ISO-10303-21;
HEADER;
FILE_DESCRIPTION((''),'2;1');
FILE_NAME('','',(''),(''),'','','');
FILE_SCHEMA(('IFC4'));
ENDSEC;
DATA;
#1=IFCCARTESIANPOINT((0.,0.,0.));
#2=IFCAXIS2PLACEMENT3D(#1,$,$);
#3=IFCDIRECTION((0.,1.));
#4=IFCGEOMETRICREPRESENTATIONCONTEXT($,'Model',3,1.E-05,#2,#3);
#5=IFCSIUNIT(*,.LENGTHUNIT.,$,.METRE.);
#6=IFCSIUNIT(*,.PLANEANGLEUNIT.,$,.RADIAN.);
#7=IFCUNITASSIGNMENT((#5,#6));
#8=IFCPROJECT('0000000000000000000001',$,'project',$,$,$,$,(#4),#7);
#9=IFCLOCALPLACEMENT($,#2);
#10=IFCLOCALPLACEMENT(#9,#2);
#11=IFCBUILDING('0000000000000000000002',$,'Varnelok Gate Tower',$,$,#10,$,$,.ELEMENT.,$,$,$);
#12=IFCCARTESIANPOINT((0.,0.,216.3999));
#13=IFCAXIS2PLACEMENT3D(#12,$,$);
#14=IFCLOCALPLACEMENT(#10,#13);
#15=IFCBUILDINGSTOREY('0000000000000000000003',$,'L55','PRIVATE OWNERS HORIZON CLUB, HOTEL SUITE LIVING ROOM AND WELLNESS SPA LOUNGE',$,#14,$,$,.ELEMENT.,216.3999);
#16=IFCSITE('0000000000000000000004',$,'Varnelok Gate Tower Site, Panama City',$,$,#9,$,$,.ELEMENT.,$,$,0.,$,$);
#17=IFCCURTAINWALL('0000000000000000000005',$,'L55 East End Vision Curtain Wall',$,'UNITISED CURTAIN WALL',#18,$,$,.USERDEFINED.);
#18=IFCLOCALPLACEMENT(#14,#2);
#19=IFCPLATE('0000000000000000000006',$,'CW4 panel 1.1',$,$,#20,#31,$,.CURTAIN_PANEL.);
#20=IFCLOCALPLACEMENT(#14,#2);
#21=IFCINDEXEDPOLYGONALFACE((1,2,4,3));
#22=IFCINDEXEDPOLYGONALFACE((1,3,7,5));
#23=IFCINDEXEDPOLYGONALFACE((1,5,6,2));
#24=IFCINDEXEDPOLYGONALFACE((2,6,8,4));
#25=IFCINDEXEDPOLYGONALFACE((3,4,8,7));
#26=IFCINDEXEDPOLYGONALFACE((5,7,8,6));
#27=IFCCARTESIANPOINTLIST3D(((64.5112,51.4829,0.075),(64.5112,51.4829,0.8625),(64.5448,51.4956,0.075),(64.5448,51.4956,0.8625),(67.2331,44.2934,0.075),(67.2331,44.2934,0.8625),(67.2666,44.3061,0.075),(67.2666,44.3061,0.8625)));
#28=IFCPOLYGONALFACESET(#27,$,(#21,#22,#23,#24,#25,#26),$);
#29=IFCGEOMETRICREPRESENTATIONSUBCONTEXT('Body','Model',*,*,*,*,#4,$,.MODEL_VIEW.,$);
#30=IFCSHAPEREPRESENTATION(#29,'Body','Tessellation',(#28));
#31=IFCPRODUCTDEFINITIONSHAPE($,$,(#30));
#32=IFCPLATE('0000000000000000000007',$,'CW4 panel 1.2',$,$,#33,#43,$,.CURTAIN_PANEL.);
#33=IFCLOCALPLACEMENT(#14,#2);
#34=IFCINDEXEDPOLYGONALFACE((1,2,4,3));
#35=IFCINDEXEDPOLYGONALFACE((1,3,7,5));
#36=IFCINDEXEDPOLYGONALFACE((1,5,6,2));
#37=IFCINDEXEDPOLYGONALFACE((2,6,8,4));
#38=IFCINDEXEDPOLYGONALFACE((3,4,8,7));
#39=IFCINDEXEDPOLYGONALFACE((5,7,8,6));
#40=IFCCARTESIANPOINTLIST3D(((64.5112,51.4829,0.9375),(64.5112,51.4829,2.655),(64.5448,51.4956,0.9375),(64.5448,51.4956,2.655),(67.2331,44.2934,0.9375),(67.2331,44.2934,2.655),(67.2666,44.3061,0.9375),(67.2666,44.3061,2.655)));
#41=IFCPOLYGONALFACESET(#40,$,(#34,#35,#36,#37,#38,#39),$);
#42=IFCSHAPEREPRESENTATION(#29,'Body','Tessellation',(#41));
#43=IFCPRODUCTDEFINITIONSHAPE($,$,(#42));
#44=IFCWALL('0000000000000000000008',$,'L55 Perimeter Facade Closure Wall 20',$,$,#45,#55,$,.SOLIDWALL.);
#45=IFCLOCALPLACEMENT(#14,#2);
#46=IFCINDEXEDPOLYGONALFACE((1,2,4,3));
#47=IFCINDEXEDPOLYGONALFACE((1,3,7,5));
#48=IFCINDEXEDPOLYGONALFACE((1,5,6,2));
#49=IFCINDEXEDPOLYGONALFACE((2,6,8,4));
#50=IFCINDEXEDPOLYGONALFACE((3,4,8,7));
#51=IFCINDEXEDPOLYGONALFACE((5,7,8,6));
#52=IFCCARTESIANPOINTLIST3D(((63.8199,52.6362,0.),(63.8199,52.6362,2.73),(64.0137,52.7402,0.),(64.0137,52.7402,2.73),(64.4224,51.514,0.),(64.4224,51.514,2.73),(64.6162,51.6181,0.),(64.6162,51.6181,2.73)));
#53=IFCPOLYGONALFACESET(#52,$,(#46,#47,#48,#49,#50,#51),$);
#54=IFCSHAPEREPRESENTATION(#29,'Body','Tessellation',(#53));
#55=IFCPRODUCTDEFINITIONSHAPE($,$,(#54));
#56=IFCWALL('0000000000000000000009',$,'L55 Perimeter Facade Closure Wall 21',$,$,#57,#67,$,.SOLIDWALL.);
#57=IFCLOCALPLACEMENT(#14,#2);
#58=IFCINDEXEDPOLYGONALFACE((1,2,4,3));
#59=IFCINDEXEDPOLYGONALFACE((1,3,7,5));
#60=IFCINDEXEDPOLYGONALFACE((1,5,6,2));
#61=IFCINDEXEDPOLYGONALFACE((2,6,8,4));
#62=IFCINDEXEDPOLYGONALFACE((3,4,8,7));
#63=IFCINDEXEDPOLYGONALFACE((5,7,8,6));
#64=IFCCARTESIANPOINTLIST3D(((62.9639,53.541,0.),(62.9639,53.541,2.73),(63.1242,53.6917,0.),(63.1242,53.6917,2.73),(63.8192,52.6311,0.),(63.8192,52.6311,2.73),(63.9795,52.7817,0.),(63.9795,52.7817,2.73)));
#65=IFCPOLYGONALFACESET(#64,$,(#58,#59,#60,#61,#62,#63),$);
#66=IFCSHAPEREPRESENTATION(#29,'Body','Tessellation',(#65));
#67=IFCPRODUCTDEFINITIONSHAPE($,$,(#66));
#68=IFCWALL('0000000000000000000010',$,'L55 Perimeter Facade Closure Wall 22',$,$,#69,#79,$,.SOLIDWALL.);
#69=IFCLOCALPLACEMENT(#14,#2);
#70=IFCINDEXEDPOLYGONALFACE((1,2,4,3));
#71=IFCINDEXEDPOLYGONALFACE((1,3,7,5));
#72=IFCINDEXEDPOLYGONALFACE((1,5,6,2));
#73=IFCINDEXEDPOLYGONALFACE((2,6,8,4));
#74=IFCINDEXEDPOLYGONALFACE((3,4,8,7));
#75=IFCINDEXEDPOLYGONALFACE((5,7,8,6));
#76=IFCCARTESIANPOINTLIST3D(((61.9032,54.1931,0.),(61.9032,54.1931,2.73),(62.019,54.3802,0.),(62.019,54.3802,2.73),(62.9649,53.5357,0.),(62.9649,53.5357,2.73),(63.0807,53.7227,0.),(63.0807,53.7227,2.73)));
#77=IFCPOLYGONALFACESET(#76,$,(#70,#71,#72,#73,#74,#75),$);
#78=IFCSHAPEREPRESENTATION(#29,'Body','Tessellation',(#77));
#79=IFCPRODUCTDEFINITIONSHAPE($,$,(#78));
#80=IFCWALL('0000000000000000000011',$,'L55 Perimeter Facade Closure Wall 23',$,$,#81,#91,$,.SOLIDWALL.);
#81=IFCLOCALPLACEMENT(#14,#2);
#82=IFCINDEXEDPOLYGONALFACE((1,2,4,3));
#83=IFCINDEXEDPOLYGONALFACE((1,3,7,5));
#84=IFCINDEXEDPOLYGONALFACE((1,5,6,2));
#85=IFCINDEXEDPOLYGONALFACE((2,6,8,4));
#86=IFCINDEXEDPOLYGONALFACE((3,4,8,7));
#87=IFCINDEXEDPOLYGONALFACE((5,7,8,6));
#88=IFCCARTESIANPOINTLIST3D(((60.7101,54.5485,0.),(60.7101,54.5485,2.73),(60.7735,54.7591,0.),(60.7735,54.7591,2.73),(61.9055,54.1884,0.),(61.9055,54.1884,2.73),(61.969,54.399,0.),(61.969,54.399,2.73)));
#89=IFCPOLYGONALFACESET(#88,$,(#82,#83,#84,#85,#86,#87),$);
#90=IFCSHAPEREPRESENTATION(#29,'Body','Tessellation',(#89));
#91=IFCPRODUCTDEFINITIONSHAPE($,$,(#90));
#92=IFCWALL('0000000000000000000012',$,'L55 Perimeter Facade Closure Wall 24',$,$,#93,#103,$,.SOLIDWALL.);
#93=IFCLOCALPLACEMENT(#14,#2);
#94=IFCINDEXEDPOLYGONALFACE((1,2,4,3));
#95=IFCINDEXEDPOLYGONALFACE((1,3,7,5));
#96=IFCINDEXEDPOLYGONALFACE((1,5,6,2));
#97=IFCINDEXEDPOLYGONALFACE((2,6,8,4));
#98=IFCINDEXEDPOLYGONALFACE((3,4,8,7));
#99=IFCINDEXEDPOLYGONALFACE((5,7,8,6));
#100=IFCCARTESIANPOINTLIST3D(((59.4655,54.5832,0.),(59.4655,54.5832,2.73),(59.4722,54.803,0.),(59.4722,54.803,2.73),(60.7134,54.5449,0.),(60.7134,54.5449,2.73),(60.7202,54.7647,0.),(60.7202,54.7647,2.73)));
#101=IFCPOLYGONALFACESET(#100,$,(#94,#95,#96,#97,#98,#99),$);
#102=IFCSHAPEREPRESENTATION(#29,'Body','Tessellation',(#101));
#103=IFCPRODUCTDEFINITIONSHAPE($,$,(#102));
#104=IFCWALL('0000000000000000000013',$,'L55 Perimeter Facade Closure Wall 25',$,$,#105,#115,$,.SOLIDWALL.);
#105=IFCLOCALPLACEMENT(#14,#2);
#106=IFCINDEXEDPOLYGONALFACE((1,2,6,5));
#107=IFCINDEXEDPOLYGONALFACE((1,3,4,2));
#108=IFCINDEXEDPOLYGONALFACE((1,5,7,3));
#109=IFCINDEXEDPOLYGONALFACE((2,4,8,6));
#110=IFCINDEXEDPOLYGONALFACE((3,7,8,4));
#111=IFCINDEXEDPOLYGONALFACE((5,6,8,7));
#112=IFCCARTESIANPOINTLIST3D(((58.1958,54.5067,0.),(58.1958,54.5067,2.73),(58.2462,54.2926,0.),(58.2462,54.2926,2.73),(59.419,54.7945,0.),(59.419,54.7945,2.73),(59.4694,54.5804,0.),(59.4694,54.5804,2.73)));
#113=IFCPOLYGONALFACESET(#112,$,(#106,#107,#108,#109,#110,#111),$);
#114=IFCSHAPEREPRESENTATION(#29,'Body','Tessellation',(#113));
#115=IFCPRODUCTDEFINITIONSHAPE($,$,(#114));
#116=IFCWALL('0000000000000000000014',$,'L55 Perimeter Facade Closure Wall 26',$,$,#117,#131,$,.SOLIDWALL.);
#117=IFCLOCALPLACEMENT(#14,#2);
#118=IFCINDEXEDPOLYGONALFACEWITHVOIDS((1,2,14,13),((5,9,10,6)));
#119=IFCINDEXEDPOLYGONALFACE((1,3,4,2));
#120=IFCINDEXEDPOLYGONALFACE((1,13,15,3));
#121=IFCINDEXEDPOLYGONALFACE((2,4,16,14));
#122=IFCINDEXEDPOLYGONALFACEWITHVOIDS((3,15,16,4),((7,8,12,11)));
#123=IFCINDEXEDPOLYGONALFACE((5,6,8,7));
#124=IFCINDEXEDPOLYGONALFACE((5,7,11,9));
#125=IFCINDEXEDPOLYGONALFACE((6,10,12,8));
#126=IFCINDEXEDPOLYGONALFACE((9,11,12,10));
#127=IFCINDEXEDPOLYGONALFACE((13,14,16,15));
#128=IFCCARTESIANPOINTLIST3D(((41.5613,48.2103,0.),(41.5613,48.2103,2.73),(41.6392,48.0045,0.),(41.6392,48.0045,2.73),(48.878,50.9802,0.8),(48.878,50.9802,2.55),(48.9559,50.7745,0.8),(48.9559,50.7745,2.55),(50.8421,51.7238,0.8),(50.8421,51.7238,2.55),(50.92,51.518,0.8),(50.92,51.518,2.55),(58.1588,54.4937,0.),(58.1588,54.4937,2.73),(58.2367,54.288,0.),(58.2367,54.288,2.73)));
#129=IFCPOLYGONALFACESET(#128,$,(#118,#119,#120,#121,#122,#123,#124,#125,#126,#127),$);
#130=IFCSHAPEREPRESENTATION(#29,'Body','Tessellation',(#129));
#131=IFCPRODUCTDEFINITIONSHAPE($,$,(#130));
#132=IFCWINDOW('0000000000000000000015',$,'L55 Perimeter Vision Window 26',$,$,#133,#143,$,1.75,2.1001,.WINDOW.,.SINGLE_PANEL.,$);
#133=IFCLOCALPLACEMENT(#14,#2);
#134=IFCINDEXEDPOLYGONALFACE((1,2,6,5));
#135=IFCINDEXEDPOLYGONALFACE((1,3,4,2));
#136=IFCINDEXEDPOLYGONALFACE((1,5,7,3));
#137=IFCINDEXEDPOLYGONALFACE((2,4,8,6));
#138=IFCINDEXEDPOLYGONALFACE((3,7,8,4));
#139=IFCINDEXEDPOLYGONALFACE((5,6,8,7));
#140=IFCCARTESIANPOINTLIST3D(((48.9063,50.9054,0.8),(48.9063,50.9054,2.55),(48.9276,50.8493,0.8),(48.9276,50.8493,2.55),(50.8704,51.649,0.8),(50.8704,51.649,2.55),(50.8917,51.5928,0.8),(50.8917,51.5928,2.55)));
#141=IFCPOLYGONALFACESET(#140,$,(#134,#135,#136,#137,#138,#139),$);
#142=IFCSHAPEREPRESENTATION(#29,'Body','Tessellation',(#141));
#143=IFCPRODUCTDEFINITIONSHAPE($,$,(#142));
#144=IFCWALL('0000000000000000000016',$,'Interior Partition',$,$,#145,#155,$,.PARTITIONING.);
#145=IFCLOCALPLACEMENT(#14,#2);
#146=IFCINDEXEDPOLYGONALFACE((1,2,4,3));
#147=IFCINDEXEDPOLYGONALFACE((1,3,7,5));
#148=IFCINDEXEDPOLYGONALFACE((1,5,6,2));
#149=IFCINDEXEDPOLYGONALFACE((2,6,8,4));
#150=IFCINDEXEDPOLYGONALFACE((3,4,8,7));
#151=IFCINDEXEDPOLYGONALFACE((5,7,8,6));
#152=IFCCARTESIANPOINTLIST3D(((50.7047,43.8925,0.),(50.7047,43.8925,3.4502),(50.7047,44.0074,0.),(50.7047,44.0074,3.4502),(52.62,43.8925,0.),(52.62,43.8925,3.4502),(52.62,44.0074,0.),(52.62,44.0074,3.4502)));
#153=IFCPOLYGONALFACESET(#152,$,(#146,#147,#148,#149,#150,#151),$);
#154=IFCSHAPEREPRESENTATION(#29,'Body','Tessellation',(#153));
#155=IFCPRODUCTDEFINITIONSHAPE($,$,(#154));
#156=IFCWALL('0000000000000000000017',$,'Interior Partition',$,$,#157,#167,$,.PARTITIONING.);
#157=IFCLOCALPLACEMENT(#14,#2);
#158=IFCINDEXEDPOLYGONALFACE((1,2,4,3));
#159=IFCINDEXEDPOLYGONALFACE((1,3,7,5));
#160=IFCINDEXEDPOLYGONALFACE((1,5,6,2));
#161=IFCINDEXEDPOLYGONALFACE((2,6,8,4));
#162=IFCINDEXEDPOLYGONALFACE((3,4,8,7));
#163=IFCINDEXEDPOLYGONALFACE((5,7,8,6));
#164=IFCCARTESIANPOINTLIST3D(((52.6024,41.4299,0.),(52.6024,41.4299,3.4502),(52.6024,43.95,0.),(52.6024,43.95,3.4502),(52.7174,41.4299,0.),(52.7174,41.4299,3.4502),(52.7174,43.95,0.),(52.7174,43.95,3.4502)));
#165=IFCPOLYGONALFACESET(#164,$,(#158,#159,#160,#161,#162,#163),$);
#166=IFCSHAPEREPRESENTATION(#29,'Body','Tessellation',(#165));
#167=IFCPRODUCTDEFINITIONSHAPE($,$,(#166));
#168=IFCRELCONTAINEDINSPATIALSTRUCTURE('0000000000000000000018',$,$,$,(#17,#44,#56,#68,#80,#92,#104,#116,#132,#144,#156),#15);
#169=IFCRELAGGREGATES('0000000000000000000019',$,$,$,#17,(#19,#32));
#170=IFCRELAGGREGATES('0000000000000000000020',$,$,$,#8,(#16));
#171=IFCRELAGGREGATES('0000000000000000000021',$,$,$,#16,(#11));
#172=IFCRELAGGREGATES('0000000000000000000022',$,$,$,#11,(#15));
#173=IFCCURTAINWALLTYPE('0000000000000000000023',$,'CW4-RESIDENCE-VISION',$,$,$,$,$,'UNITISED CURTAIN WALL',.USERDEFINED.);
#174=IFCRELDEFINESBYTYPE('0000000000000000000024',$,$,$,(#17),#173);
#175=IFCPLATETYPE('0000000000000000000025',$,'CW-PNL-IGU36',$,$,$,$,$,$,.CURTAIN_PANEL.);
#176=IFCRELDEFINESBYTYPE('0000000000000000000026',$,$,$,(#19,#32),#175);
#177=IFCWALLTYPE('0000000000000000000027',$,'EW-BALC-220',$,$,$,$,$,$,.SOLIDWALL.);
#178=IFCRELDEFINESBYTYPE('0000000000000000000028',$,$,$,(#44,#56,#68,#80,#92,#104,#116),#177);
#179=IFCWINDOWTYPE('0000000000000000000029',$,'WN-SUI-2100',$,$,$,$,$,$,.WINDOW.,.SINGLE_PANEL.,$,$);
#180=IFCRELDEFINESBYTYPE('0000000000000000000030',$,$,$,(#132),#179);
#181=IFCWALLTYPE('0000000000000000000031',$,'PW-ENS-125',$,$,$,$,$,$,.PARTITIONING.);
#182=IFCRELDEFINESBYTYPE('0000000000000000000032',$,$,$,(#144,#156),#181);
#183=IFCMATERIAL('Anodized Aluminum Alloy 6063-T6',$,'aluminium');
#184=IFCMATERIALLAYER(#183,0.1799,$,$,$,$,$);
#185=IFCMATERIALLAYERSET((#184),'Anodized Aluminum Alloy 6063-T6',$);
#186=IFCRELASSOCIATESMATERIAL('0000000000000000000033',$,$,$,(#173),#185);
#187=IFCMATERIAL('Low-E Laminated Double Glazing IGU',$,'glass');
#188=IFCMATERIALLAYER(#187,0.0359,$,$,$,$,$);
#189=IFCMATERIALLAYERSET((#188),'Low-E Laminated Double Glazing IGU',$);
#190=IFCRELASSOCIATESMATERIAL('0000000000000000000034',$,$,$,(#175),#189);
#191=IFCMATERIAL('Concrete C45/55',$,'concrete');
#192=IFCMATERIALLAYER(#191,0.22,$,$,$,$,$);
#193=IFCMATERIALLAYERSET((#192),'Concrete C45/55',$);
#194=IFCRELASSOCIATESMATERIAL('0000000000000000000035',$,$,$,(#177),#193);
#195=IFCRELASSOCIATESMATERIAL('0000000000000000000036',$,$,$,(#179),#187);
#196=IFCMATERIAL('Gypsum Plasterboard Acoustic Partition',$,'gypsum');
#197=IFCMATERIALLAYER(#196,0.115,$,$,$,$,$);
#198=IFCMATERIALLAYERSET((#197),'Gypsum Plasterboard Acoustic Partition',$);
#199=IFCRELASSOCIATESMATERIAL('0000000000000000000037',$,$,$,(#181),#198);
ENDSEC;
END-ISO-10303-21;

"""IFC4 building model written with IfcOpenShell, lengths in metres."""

from ifc_helpers import new_model, si_unit, direction, frame, frame_2d, origin, origin_2d, place, context, subcontext, project, spatial, rectangle, extrude, source, transform, mapped, material, layer, layer_set, type_object, element, fill, aggregate, save


model = new_model("IFC4")

# Units and contexts
model_context = context("Model", 3, precision=1e-05, world=origin(), true_north=direction((0.0, 1.0)))
body_context = subcontext(model_context, "Body", "Model", "MODEL_VIEW")
ifc_project = project(units=[si_unit("LENGTHUNIT", "METRE"), si_unit("PLANEANGLEUNIT", "RADIAN")], contexts=[model_context])

# Site, building, storey
site_placement = place(None, origin())
site = spatial("IfcSite", under=ifc_project, at=site_placement, Name="Varnelok Gate Tower Site, Panama City", CompositionType="ELEMENT", RefElevation=0.0)
building_placement = place(site_placement, origin())
building = spatial("IfcBuilding", under=site, at=building_placement, Name="Varnelok Gate Tower", CompositionType="ELEMENT")
storey_placement = place(building_placement, frame((0.0, 0.0, 216.3999)))
storey = spatial("IfcBuildingStorey", under=building, at=storey_placement, Name="L55", Description="PRIVATE OWNERS HORIZON CLUB, HOTEL SUITE LIVING ROOM AND WELLNESS SPA LOUNGE", CompositionType="ELEMENT", Elevation=216.3999)

# Curtain wall, plates
ifc_material_1 = material(Name="Anodized Aluminum Alloy 6063-T6", Category="aluminium")
ifc_layer_1 = layer(ifc_material_1, 0.1799)
ifc_layer_set_1 = layer_set([ifc_layer_1], Name="Anodized Aluminum Alloy 6063-T6")
curtain_wall_type = type_object("IfcCurtainWallType", Name="CW4-RESIDENCE-VISION", ElementType="UNITISED CURTAIN WALL", PredefinedType="USERDEFINED", material=ifc_layer_set_1)
curtain_wall_placement = place(storey_placement, origin())
curtain_wall = element("IfcCurtainWall", 1, at=curtain_wall_placement, inside=storey, type_object=curtain_wall_type, Name="L55 East End Vision Curtain Wall", ObjectType="UNITISED CURTAIN WALL", PredefinedType="USERDEFINED")
ifc_material_2 = material(Name="Low-E Laminated Double Glazing IGU", Category="glass")
ifc_layer_2 = layer(ifc_material_2, 0.0359)
ifc_layer_set_2 = layer_set([ifc_layer_2], Name="Low-E Laminated Double Glazing IGU")
plate_type = type_object("IfcPlateType", Name="CW-PNL-IGU36", PredefinedType="CURTAIN_PANEL", material=ifc_layer_set_2)
shared_shape_1 = source(origin(), body_context, "Body", "SweptSolid", [
    extrude(rectangle(XDim=7.6875, YDim=0.0359, at=origin_2d()), origin(), (0.0, 0.0, 1.0), 0.7876),
])
plate_1_placement = place(storey_placement, frame((65.8889, 47.8945, 0.075), z_axis=(0.0, 0.0, 1.0), x_axis=(0.354063, -0.935222, 0.0)))
plate_1 = element("IfcPlate", 2, at=plate_1_placement, type_object=plate_type, Name="CW4 panel 1.1", PredefinedType="CURTAIN_PANEL", context=body_context, shape_type="MappedRepresentation", body=[
    mapped(shared_shape_1, transform((0.0, 0.0, 0.0), scale=1.0)),
])
shared_shape_2 = source(origin(), body_context, "Body", "SweptSolid", [
    extrude(rectangle(XDim=7.6875, YDim=0.0359, at=origin_2d()), origin(), (0.0, 0.0, 1.0), 1.7175),
])
plate_2_placement = place(storey_placement, frame((65.8889, 47.8945, 0.9375), z_axis=(0.0, 0.0, 1.0), x_axis=(0.354063, -0.935222, 0.0)))
plate_2 = element("IfcPlate", 3, at=plate_2_placement, type_object=plate_type, Name="CW4 panel 1.2", PredefinedType="CURTAIN_PANEL", context=body_context, shape_type="MappedRepresentation", body=[
    mapped(shared_shape_2, transform((0.0, 0.0, 0.0), scale=1.0)),
])
aggregate(curtain_wall, [plate_1, plate_2])

# Walls
ifc_material_3 = material(Name="Concrete C45/55", Category="concrete")
ifc_layer_3 = layer(ifc_material_3, 0.22)
ifc_layer_set_3 = layer_set([ifc_layer_3], Name="Concrete C45/55")
wall_type_1 = type_object("IfcWallType", Name="EW-BALC-220", PredefinedType="SOLIDWALL", material=ifc_layer_set_3)
wall_1_placement = place(storey_placement, frame((64.5193, 51.5662, 0.0), z_axis=(0.0, 0.0, 1.0), x_axis=(-0.473094, 0.881012, 0.0)))
element("IfcWall", 4, at=wall_1_placement, inside=storey, type_object=wall_type_1, Name="L55 Perimeter Facade Closure Wall 20", PredefinedType="SOLIDWALL", context=body_context, shape_type="SweptSolid", body=[
    extrude(rectangle(XDim=1.2737, YDim=0.22, at=frame_2d((0.6367, 0.0))), origin(), (0.0, 0.0, 1.0), 2.73),
])
for number, where, z_axis, x_axis, name in (
    (5, (63.8994, 52.7063, 0.0), (0.0, 0.0, 1.0), (-0.684871, 0.728665, 0.0), "L55 Perimeter Facade Closure Wall 21"),
    (6, (63.0229, 53.6292, 0.0), (0.0, 0.0, 1.0), (-0.850198, 0.526462, 0.0), "L55 Perimeter Facade Closure Wall 22"),
):
    element("IfcWall", number, at=place(storey_placement, frame(where, z_axis=z_axis, x_axis=x_axis)), inside=storey, type_object=wall_type_1, Name=name, PredefinedType="SOLIDWALL", context=body_context, shape_type="SweptSolid", body=[
        extrude(rectangle(XDim=1.2488, YDim=0.22, at=frame_2d((0.6245, 0.0))), origin(), (0.0, 0.0, 1.0), 2.73),
    ])
for number, where, z_axis, x_axis, name in (
    (7, (61.9373, 54.2937, 0.0), (0.0, 0.0, 1.0), (-0.957508, 0.288406, 0.0), "L55 Perimeter Facade Closure Wall 23"),
    (8, (60.7168, 54.6548, 0.0), (0.0, 0.0, 1.0), (-0.999529, 0.030698, 0.0), "L55 Perimeter Facade Closure Wall 24"),
):
    element("IfcWall", number, at=place(storey_placement, frame(where, z_axis=z_axis, x_axis=x_axis)), inside=storey, type_object=wall_type_1, Name=name, PredefinedType="SOLIDWALL", context=body_context, shape_type="SweptSolid", body=[
        extrude(rectangle(XDim=1.2485, YDim=0.22, at=frame_2d((0.6243, 0.0))), origin(), (0.0, 0.0, 1.0), 2.73),
    ])
wall_2_placement = place(storey_placement, frame((59.4443, 54.6875, 0.0), z_axis=(0.0, 0.0, 1.0), x_axis=(-0.97341, -0.229072, 0.0)))
element("IfcWall", 9, at=wall_2_placement, inside=storey, type_object=wall_type_1, Name="L55 Perimeter Facade Closure Wall 25", PredefinedType="SOLIDWALL", context=body_context, shape_type="SweptSolid", body=[
    extrude(rectangle(XDim=1.2566, YDim=0.22, at=frame_2d((0.6284, 0.0))), origin(), (0.0, 0.0, 1.0), 2.73),
])

# Wall, opening, window
wall_3_placement = place(storey_placement, frame((58.1978, 54.3909, 0.0), z_axis=(0.0, 0.0, 1.0), x_axis=(-0.935224, -0.354057, 0.0)))
wall_3 = element("IfcWall", 10, at=wall_3_placement, inside=storey, type_object=wall_type_1, Name="L55 Perimeter Facade Closure Wall 26", PredefinedType="SOLIDWALL", context=body_context, shape_type="SweptSolid", body=[
    extrude(rectangle(XDim=17.7471, YDim=0.22, at=frame_2d((8.8735, 0.0))), origin(), (0.0, 0.0, 1.0), 2.73),
])
opening_placement = place(wall_3_placement, frame((7.8235, 0.0, 0.8)))
opening = element("IfcOpeningElement", 11, at=opening_placement, cuts=wall_3, PredefinedType="OPENING", context=body_context, shape_type="SweptSolid", body=[
    extrude(rectangle(XDim=2.1001, YDim=1.75, at=frame_2d((1.05, 0.875))), frame((0.0, 0.1199, 0.0), z_axis=(0.0, -1.0, 0.0), x_axis=(1.0, 0.0, 0.0)), (0.0, 0.0, 1.0), 0.24),
])
window_type = type_object("IfcWindowType", Name="WN-SUI-2100", PartitioningType="SINGLE_PANEL", PredefinedType="WINDOW", material=ifc_material_2)
window_placement = place(opening_placement, origin())
window = element("IfcWindow", 12, at=window_placement, inside=storey, type_object=window_type, Name="L55 Perimeter Vision Window 26", OverallHeight=1.75, OverallWidth=2.1001, PartitioningType="SINGLE_PANEL", PredefinedType="WINDOW", context=body_context, shape_type="SweptSolid", body=[
    extrude(rectangle(XDim=2.1001, YDim=1.75, at=frame_2d((1.05, 0.875))), frame((0.0, 0.03, 0.0), z_axis=(0.0, -1.0, 0.0), x_axis=(1.0, 0.0, 0.0)), (0.0, 0.0, 1.0), 0.0601),
])
fill(opening, window)

# Walls
ifc_material_4 = material(Name="Gypsum Plasterboard Acoustic Partition", Category="gypsum")
ifc_layer_4 = layer(ifc_material_4, 0.115)
ifc_layer_set_4 = layer_set([ifc_layer_4], Name="Gypsum Plasterboard Acoustic Partition")
wall_type_2 = type_object("IfcWallType", Name="PW-ENS-125", PredefinedType="PARTITIONING", material=ifc_layer_set_4)
wall_4_placement = place(storey_placement, frame((50.7048, 43.95, 0.0), z_axis=(0.0, 0.0, 1.0), x_axis=(1.0, 0.0, 0.0)))
element("IfcWall", 13, at=wall_4_placement, inside=storey, type_object=wall_type_2, Name="Interior Partition", PredefinedType="PARTITIONING", context=body_context, shape_type="SweptSolid", body=[
    extrude(rectangle(XDim=1.9153, YDim=0.115, at=frame_2d((0.9575, 0.0))), origin(), (0.0, 0.0, 1.0), 3.4502),
])
wall_5_placement = place(storey_placement, frame((52.6599, 41.4299, 0.0), z_axis=(0.0, 0.0, 1.0), x_axis=(0.0, 1.0, 0.0)))
element("IfcWall", 14, at=wall_5_placement, inside=storey, type_object=wall_type_2, Name="Interior Partition", PredefinedType="PARTITIONING", context=body_context, shape_type="SweptSolid", body=[
    extrude(rectangle(XDim=2.52, YDim=0.115, at=frame_2d((1.26, 0.0))), origin(), (0.0, 0.0, 1.0), 3.4502),
])

save(model, "model.ifc")
